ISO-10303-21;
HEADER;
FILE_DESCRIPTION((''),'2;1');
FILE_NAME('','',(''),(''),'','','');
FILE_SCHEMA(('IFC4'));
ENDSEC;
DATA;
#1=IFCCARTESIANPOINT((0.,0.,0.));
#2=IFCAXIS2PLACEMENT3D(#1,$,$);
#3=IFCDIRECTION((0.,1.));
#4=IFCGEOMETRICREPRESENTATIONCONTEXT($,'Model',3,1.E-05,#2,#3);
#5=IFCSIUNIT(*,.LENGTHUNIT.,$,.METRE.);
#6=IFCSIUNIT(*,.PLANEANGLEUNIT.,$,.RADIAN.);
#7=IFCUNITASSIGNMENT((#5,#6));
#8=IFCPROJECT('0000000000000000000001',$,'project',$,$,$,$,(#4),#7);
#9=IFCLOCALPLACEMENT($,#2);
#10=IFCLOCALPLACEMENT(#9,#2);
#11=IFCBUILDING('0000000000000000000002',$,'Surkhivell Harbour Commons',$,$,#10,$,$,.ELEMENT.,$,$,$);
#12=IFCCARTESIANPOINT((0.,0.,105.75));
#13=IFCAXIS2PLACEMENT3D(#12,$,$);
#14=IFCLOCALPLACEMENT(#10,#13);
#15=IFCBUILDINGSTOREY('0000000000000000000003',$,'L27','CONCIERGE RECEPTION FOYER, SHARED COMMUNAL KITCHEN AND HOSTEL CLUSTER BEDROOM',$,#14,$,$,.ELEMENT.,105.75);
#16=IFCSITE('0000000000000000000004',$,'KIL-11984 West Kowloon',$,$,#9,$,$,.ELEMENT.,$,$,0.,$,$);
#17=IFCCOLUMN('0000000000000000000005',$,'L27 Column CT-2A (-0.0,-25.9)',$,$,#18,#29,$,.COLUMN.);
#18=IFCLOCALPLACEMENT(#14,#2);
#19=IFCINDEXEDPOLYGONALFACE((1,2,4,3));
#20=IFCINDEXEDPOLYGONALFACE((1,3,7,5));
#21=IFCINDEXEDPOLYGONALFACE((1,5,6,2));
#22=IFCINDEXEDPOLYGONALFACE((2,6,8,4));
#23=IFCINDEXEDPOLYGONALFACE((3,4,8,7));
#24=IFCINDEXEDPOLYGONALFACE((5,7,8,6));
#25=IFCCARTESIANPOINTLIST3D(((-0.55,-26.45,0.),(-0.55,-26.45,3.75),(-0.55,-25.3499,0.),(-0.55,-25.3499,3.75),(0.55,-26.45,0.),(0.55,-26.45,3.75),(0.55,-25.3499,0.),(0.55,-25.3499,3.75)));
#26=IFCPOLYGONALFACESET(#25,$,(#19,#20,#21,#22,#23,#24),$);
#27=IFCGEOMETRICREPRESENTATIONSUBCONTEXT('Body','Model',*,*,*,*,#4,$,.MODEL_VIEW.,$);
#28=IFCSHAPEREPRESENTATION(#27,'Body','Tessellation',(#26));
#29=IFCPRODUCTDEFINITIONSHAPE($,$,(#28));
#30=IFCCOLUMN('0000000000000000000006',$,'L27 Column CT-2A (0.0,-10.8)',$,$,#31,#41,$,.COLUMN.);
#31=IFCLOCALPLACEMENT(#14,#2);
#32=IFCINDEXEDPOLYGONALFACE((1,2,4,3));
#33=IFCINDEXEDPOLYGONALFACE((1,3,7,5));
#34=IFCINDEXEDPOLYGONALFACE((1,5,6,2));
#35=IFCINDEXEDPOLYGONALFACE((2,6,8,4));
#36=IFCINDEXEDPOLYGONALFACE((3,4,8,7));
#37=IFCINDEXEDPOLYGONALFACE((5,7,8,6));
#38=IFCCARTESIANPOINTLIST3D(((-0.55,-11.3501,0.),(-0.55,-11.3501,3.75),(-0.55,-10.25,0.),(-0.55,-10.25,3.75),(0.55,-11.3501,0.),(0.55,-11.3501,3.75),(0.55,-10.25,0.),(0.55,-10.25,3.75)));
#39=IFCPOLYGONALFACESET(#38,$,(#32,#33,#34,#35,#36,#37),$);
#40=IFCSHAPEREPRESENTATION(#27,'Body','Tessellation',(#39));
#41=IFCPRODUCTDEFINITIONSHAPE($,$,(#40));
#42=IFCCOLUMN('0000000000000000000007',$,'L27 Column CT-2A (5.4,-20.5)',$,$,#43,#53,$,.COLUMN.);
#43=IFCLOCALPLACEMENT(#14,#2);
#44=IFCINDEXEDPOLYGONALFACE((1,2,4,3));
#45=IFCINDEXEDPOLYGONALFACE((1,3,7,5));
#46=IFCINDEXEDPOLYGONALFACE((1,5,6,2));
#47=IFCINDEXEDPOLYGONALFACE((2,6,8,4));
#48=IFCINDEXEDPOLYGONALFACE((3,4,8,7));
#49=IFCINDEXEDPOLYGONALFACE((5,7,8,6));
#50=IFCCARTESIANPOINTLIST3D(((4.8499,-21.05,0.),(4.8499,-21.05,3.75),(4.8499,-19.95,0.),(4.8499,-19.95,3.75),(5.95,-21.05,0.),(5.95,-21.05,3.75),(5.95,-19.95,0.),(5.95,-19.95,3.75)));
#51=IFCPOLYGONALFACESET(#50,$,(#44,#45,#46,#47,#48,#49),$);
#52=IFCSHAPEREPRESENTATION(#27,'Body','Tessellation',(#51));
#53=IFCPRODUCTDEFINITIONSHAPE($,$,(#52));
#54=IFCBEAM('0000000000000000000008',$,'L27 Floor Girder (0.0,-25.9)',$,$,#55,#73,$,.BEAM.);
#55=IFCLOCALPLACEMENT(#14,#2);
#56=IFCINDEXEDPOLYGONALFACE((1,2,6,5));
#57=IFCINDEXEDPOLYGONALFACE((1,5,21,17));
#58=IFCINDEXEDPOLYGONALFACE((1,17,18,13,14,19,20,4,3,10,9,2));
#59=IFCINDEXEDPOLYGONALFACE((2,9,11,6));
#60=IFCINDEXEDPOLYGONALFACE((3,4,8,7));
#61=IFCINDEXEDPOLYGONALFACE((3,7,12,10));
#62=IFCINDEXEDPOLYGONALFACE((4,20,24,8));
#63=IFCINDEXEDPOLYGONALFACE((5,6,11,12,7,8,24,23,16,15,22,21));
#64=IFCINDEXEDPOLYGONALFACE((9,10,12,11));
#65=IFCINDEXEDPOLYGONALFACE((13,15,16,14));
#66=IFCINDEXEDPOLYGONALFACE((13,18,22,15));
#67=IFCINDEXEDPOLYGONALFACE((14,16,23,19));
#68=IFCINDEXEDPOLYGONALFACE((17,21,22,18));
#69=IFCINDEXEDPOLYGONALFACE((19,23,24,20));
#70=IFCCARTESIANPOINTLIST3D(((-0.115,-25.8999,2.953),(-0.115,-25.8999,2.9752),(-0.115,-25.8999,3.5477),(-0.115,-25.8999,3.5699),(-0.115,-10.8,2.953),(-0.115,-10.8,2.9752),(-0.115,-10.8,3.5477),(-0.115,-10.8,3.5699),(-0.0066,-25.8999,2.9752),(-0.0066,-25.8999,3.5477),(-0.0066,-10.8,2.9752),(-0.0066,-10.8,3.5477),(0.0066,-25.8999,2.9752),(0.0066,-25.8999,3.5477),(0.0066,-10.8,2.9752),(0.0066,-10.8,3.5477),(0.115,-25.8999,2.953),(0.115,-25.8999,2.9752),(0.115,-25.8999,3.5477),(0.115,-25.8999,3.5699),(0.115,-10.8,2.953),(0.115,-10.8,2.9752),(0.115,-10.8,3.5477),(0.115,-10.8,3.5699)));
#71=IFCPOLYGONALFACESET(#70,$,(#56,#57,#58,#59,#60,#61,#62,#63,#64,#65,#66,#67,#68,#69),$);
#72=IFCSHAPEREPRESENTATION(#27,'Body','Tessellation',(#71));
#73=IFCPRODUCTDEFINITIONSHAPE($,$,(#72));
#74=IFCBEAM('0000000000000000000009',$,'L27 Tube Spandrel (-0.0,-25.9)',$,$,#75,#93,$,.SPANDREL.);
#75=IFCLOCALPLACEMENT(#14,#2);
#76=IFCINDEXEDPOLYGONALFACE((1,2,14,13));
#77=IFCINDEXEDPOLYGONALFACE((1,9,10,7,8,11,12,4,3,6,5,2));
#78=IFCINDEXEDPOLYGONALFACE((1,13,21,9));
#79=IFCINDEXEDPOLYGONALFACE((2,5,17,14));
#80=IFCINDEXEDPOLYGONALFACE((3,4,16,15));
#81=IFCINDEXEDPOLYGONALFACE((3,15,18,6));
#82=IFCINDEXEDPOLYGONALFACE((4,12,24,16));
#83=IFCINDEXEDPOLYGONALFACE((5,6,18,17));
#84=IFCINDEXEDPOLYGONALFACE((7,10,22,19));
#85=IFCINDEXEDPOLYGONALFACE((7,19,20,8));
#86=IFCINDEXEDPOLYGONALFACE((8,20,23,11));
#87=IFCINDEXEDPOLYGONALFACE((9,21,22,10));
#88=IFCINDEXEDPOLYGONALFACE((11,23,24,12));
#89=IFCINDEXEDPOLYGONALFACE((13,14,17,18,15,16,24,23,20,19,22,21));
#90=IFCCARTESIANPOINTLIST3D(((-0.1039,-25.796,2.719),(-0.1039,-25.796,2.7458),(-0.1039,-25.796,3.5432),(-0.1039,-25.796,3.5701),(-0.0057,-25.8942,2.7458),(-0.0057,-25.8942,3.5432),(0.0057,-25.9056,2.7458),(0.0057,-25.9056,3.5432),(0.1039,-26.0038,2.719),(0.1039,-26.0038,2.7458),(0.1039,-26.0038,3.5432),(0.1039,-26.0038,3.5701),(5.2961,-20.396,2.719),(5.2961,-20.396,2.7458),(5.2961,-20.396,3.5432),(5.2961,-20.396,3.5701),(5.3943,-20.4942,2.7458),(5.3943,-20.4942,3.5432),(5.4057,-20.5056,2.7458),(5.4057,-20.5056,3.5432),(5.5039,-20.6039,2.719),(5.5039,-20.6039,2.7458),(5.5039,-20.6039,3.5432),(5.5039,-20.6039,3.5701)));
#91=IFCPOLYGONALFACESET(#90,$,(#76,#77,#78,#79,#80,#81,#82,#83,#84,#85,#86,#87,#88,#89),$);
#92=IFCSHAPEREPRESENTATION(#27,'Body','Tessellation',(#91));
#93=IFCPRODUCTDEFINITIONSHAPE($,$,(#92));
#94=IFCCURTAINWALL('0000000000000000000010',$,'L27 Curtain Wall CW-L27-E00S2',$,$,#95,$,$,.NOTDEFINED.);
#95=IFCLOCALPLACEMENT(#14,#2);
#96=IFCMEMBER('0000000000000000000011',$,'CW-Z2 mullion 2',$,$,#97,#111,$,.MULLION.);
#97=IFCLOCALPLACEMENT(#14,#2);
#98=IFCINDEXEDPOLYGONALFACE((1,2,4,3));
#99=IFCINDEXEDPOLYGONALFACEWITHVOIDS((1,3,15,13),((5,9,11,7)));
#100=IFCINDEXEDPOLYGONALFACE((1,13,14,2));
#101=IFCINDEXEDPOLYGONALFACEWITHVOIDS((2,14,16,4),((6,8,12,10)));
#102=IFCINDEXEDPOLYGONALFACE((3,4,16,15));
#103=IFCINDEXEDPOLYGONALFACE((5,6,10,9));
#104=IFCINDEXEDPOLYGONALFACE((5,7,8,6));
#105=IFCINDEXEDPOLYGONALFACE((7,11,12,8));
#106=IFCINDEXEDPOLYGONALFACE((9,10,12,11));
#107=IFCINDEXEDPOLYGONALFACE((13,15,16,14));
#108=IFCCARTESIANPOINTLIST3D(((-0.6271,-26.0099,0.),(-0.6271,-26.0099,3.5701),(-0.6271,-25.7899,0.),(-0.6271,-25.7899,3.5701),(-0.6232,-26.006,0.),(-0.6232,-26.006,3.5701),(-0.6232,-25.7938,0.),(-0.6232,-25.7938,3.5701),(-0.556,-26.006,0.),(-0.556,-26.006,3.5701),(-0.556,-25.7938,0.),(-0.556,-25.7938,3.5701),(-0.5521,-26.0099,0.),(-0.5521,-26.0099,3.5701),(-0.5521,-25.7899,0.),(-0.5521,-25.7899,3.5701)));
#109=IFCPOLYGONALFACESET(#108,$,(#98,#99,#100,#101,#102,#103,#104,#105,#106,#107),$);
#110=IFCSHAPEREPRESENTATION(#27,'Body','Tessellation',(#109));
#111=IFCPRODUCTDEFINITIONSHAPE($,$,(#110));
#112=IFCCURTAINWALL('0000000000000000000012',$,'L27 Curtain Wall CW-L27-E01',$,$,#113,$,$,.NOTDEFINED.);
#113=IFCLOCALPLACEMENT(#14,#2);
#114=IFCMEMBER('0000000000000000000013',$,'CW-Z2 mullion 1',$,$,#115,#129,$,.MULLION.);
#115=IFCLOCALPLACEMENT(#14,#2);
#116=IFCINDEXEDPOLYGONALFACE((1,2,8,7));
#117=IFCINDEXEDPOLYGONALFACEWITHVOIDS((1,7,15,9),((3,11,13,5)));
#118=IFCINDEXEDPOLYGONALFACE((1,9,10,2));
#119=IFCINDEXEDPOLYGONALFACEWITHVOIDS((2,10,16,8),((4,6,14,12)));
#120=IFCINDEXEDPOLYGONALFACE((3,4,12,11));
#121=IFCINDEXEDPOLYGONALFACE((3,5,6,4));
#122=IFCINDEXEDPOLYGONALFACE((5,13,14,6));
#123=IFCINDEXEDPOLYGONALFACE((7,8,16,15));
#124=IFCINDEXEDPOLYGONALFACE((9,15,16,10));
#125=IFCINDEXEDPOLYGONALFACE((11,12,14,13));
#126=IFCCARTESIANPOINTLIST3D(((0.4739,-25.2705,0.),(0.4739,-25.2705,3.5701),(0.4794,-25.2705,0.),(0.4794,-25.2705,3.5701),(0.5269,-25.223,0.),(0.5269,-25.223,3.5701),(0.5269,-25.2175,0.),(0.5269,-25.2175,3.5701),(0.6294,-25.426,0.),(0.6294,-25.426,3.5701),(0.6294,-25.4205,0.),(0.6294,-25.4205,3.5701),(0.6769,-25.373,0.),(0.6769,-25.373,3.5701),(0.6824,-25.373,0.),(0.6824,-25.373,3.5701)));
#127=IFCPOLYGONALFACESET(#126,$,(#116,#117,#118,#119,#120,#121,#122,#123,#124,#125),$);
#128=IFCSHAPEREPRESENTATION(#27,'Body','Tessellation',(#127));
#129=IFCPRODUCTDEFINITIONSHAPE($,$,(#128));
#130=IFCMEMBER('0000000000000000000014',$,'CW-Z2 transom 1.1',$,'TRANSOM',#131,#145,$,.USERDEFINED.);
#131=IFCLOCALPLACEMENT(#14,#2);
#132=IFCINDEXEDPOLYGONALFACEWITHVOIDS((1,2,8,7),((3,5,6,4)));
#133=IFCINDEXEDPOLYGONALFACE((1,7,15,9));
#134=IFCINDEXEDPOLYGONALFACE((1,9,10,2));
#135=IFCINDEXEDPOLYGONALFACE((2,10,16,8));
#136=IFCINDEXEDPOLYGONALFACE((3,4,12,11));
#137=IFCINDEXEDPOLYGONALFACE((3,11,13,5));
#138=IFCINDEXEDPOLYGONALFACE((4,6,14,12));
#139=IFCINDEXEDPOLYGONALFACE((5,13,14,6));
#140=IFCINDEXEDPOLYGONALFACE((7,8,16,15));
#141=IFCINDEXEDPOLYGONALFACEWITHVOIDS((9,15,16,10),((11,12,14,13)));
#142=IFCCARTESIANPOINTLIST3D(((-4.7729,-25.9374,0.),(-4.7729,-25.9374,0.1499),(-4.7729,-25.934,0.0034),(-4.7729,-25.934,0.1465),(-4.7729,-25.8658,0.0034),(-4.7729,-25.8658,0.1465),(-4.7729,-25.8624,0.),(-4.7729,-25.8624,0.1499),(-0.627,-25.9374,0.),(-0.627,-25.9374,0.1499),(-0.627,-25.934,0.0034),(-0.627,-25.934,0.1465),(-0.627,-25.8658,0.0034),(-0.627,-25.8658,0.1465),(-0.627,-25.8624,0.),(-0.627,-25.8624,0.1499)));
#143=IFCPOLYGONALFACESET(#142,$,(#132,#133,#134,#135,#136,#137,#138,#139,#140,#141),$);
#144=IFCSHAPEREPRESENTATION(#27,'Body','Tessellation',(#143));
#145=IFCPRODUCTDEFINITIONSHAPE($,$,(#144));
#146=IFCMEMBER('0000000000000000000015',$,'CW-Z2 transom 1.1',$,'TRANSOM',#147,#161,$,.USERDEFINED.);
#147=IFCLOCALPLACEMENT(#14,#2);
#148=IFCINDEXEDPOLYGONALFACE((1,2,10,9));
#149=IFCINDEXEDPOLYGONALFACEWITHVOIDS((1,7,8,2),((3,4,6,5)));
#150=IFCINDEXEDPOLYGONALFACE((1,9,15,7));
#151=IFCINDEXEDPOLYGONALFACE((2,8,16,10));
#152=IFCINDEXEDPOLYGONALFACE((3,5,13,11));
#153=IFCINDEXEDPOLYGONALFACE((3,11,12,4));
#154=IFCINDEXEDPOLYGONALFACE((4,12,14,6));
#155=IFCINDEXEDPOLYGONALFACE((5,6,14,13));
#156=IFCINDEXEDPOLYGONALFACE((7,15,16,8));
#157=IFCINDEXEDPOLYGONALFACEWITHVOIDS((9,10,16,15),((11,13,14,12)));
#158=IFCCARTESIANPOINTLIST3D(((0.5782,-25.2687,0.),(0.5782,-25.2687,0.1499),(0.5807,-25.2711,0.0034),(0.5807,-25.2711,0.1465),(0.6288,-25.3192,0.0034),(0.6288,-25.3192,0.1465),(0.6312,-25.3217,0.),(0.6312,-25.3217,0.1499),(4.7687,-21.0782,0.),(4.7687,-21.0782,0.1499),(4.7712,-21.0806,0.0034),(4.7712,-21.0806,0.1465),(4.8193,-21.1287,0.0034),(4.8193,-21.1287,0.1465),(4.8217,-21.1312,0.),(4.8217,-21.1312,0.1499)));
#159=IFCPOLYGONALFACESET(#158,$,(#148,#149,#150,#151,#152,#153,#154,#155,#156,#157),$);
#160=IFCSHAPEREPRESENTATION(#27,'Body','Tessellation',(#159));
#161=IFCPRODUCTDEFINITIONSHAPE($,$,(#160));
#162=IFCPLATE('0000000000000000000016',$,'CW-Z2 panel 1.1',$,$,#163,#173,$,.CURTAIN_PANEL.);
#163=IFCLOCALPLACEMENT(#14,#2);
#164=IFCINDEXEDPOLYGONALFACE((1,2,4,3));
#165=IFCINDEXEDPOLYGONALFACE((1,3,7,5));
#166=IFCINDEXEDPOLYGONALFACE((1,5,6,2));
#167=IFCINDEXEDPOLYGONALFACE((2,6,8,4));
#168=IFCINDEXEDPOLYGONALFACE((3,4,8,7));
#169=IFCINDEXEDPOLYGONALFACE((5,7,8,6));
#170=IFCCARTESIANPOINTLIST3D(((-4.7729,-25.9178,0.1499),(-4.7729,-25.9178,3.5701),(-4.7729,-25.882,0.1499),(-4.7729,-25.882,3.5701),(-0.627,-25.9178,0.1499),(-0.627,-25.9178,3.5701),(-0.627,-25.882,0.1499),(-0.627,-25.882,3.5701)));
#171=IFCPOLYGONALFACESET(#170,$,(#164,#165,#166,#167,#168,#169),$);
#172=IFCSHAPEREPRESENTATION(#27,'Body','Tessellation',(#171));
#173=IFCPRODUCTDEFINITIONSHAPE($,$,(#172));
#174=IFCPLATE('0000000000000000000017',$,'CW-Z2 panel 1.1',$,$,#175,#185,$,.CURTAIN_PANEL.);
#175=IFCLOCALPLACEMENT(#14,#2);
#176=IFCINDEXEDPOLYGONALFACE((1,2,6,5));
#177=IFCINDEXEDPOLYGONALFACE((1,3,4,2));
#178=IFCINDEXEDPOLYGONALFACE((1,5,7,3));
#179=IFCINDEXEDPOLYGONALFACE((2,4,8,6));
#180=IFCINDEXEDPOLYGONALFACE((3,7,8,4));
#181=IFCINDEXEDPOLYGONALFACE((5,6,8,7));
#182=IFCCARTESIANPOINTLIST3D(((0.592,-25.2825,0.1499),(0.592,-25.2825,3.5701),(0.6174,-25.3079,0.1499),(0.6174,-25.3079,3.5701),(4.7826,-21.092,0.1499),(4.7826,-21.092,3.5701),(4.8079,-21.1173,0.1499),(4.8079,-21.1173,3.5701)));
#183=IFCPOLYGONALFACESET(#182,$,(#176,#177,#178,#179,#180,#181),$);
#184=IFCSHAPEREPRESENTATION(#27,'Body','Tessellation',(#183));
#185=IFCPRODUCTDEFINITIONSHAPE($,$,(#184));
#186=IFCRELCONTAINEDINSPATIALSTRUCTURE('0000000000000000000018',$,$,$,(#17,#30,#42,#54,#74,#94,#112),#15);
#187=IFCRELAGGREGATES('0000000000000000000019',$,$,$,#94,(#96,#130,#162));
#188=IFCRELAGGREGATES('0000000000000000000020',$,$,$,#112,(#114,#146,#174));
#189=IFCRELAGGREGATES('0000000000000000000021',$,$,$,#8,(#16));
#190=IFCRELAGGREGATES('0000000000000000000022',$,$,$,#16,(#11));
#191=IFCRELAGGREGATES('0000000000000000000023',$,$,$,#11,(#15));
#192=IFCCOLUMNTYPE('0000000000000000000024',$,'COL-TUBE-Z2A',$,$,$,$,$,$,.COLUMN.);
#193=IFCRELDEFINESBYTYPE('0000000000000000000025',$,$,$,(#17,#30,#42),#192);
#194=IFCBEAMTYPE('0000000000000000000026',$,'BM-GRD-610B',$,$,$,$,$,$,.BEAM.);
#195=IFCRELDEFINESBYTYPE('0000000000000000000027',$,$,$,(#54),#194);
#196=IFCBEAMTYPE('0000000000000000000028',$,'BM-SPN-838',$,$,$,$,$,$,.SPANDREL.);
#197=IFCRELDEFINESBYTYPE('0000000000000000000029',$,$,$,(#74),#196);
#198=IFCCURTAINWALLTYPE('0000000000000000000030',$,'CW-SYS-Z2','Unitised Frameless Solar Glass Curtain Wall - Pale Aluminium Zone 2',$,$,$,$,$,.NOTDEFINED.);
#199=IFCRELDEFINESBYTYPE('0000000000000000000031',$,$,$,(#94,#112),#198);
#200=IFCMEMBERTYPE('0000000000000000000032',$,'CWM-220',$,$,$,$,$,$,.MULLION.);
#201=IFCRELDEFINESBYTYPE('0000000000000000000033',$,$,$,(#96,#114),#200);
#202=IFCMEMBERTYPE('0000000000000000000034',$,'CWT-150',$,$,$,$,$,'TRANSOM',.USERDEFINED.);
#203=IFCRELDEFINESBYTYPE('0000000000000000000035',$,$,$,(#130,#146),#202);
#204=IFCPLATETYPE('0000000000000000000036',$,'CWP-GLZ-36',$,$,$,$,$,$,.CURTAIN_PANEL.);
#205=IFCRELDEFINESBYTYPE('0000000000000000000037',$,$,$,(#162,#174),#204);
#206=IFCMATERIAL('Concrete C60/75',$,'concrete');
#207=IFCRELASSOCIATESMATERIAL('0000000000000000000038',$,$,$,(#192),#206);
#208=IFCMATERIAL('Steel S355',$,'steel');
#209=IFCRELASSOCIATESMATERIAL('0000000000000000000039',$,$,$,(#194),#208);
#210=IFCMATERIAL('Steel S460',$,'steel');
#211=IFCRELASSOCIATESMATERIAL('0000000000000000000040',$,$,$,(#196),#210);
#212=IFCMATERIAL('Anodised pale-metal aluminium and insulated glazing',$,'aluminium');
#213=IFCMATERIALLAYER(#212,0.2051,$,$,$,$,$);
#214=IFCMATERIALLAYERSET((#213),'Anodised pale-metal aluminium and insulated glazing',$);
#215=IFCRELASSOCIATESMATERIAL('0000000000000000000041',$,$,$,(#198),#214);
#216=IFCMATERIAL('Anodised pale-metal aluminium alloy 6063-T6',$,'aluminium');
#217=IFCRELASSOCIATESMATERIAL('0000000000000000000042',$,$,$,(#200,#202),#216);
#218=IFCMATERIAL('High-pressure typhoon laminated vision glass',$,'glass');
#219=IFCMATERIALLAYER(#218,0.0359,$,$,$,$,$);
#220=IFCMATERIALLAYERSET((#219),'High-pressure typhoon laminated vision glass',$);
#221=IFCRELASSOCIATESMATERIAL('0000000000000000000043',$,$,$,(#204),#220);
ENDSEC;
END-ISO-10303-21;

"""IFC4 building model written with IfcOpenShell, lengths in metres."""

from ifc_helpers import new_model, si_unit, direction, frame, frame_2d, origin, origin_2d, place, context, subcontext, project, spatial, rectangle, hollow_rectangle, i_section, extrude, material, layer, layer_set, material_profile, profile_set, type_object, element, aggregate, save


model = new_model("IFC4")

# Units and contexts
model_context = context("Model", 3, precision=1e-05, world=origin(), true_north=direction((0.0, 1.0)))
body_context = subcontext(model_context, "Body", "Model", "MODEL_VIEW")
ifc_project = project(units=[si_unit("LENGTHUNIT", "METRE"), si_unit("PLANEANGLEUNIT", "RADIAN")], contexts=[model_context])

# Site, building, storey
site_placement = place(None, origin())
site = spatial("IfcSite", under=ifc_project, at=site_placement, Name="KIL-11984 West Kowloon", CompositionType="ELEMENT", RefElevation=0.0)
building_placement = place(site_placement, origin())
building = spatial("IfcBuilding", under=site, at=building_placement, Name="Surkhivell Harbour Commons", CompositionType="ELEMENT")
storey_placement = place(building_placement, frame((0.0, 0.0, 105.75)))
storey = spatial("IfcBuildingStorey", under=building, at=storey_placement, Name="L27", Description="CONCIERGE RECEPTION FOYER, SHARED COMMUNAL KITCHEN AND HOSTEL CLUSTER BEDROOM", CompositionType="ELEMENT", Elevation=105.75)

# Columns
ifc_material_1 = material(Name="Concrete C60/75", Category="concrete")
ifc_material_profile_1 = material_profile(ifc_material_1, rectangle(XDim=1.1001, YDim=1.1001, at=origin_2d()), Name="RC-COL-1100x1100")
ifc_profile_set_1 = profile_set([ifc_material_profile_1], Name="Concrete C60/75")
column_type = type_object("IfcColumnType", Name="COL-TUBE-Z2A", PredefinedType="COLUMN", material=ifc_profile_set_1)
for number, where, z_axis, x_axis, name in (
    (1, (0.0, -25.8999, 0.0), (0.0, 0.0, 1.0), (1.0, 0.0, 0.0), "L27 Column CT-2A (-0.0,-25.9)"),
    (2, (0.0, -10.8, 0.0), (0.0, 0.0, 1.0), (1.0, 0.0, 0.0), "L27 Column CT-2A (0.0,-10.8)"),
    (3, (5.3999, -20.5, 0.0), (0.0, 0.0, 1.0), (1.0, 0.0, 0.0), "L27 Column CT-2A (5.4,-20.5)"),
):
    element("IfcColumn", number, at=place(storey_placement, frame(where, z_axis=z_axis, x_axis=x_axis)), inside=storey, type_object=column_type, Name=name, PredefinedType="COLUMN", context=body_context, shape_type="SweptSolid", body=[
        extrude(rectangle(XDim=1.1001, YDim=1.1001, at=origin_2d()), origin(), (0.0, 0.0, 1.0), 3.75),
    ])

# Beams
ifc_material_2 = material(Name="Steel S355", Category="steel")
ifc_material_profile_2 = material_profile(ifc_material_2, i_section(OverallWidth=0.23, OverallDepth=0.6169, WebThickness=0.0132, FlangeThickness=0.0222, at=origin_2d()), Name="UB610x229x140")
ifc_profile_set_2 = profile_set([ifc_material_profile_2], Name="Steel S355")
beam_type_1 = type_object("IfcBeamType", Name="BM-GRD-610B", PredefinedType="BEAM", material=ifc_profile_set_2)
beam_1_placement = place(storey_placement, frame((0.0, -25.8999, 3.2615), z_axis=(0.0, 1.0, 0.0), x_axis=(-1.0, 0.0, 0.0)))
element("IfcBeam", 4, at=beam_1_placement, inside=storey, type_object=beam_type_1, Name="L27 Floor Girder (0.0,-25.9)", PredefinedType="BEAM", context=body_context, shape_type="SweptSolid", body=[
    extrude(i_section(OverallWidth=0.23, OverallDepth=0.6169, WebThickness=0.0132, FlangeThickness=0.0222, at=origin_2d()), origin(), (0.0, 0.0, 1.0), 15.0999),
])
ifc_material_3 = material(Name="Steel S460", Category="steel")
ifc_material_profile_3 = material_profile(ifc_material_3, i_section(OverallWidth=0.2939, OverallDepth=0.8511, WebThickness=0.0161, FlangeThickness=0.0269, at=origin_2d()), Name="UB838x292x226")
ifc_profile_set_3 = profile_set([ifc_material_profile_3], Name="Steel S460")
beam_type_2 = type_object("IfcBeamType", Name="BM-SPN-838", PredefinedType="SPANDREL", material=ifc_profile_set_3)
beam_2_placement = place(storey_placement, frame((0.0, -25.8999, 3.1445), z_axis=(0.707107, 0.707107, 0.0), x_axis=(-0.707107, 0.707107, 0.0)))
element("IfcBeam", 5, at=beam_2_placement, inside=storey, type_object=beam_type_2, Name="L27 Tube Spandrel (-0.0,-25.9)", PredefinedType="SPANDREL", context=body_context, shape_type="SweptSolid", body=[
    extrude(i_section(OverallWidth=0.2939, OverallDepth=0.8511, WebThickness=0.0161, FlangeThickness=0.0269, at=origin_2d()), origin(), (0.0, 0.0, 1.0), 7.6367),
])

# Curtain walls, members
ifc_material_4 = material(Name="Anodised pale-metal aluminium and insulated glazing", Category="aluminium")
ifc_layer_1 = layer(ifc_material_4, 0.2051)
ifc_layer_set_1 = layer_set([ifc_layer_1], Name="Anodised pale-metal aluminium and insulated glazing")
curtain_wall_type = type_object("IfcCurtainWallType", Name="CW-SYS-Z2", Description="Unitised Frameless Solar Glass Curtain Wall - Pale Aluminium Zone 2", PredefinedType="NOTDEFINED", material=ifc_layer_set_1)
curtain_wall_1_placement = place(storey_placement, origin())
curtain_wall_1 = element("IfcCurtainWall", 6, at=curtain_wall_1_placement, inside=storey, type_object=curtain_wall_type, Name="L27 Curtain Wall CW-L27-E00S2", PredefinedType="NOTDEFINED")
ifc_material_5 = material(Name="Anodised pale-metal aluminium alloy 6063-T6", Category="aluminium")
ifc_material_profile_4 = material_profile(ifc_material_5, hollow_rectangle(XDim=0.075, YDim=0.22, WallThickness=0.0039, at=origin_2d()), Name="ALU-MULL-75x220")
ifc_profile_set_4 = profile_set([ifc_material_profile_4], Name="Anodised pale-metal aluminium alloy 6063-T6")
member_type_1 = type_object("IfcMemberType", Name="CWM-220", PredefinedType="MULLION", material=ifc_profile_set_4)
member_1_placement = place(storey_placement, frame((-0.5896, -25.8999, 0.0), z_axis=(0.0, 0.0, 1.0), x_axis=(1.0, 0.0, 0.0)))
member_1 = element("IfcMember", 7, at=member_1_placement, type_object=member_type_1, Name="CW-Z2 mullion 2", PredefinedType="MULLION", context=body_context, shape_type="SweptSolid", body=[
    extrude(hollow_rectangle(XDim=0.075, YDim=0.22, WallThickness=0.0039, at=origin_2d()), origin(), (0.0, 0.0, 1.0), 3.5701),
])
curtain_wall_2_placement = place(storey_placement, origin())
curtain_wall_2 = element("IfcCurtainWall", 8, at=curtain_wall_2_placement, inside=storey, type_object=curtain_wall_type, Name="L27 Curtain Wall CW-L27-E01", PredefinedType="NOTDEFINED")
member_2_placement = place(storey_placement, frame((0.5781, -25.3218, 0.0), z_axis=(0.0, 0.0, 1.0), x_axis=(0.707107, 0.707107, 0.0)))
member_2 = element("IfcMember", 9, at=member_2_placement, type_object=member_type_1, Name="CW-Z2 mullion 1", PredefinedType="MULLION", context=body_context, shape_type="SweptSolid", body=[
    extrude(hollow_rectangle(XDim=0.075, YDim=0.22, WallThickness=0.0039, at=origin_2d()), origin(), (0.0, 0.0, 1.0), 3.5701),
])

# Members
ifc_material_profile_5 = material_profile(ifc_material_5, hollow_rectangle(XDim=0.075, YDim=0.1499, WallThickness=0.0034, at=origin_2d()), Name="ALU-TRAN-75x150")
ifc_profile_set_5 = profile_set([ifc_material_profile_5], Name="Anodised pale-metal aluminium alloy 6063-T6")
member_type_2 = type_object("IfcMemberType", Name="CWT-150", ElementType="TRANSOM", PredefinedType="USERDEFINED", material=ifc_profile_set_5)
member_3_placement = place(storey_placement, frame((-4.7729, -25.8999, 0.075), z_axis=(1.0, 0.0, 0.0), x_axis=(0.0, 1.0, 0.0)))
member_3 = element("IfcMember", 10, at=member_3_placement, type_object=member_type_2, Name="CW-Z2 transom 1.1", ObjectType="TRANSOM", PredefinedType="USERDEFINED", context=body_context, shape_type="SweptSolid", body=[
    extrude(hollow_rectangle(XDim=0.075, YDim=0.1499, WallThickness=0.0034, at=origin_2d()), origin(), (0.0, 0.0, 1.0), 4.146),
])
member_4_placement = place(storey_placement, frame((0.6047, -25.2952, 0.075), z_axis=(0.707107, 0.707107, 0.0), x_axis=(-0.707107, 0.707107, 0.0)))
member_4 = element("IfcMember", 11, at=member_4_placement, type_object=member_type_2, Name="CW-Z2 transom 1.1", ObjectType="TRANSOM", PredefinedType="USERDEFINED", context=body_context, shape_type="SweptSolid", body=[
    extrude(hollow_rectangle(XDim=0.075, YDim=0.1499, WallThickness=0.0034, at=origin_2d()), origin(), (0.0, 0.0, 1.0), 5.9263),
])

# Plates
ifc_material_6 = material(Name="High-pressure typhoon laminated vision glass", Category="glass")
ifc_layer_2 = layer(ifc_material_6, 0.0359)
ifc_layer_set_2 = layer_set([ifc_layer_2], Name="High-pressure typhoon laminated vision glass")
plate_type = type_object("IfcPlateType", Name="CWP-GLZ-36", PredefinedType="CURTAIN_PANEL", material=ifc_layer_set_2)
plate_1_placement = place(storey_placement, frame((-4.7729, -25.8999, 0.1499), z_axis=(0.0, 0.0, 1.0), x_axis=(1.0, 0.0, 0.0)))
plate_1 = element("IfcPlate", 12, at=plate_1_placement, type_object=plate_type, Name="CW-Z2 panel 1.1", PredefinedType="CURTAIN_PANEL", context=body_context, shape_type="SweptSolid", body=[
    extrude(rectangle(XDim=4.146, YDim=0.0359, at=frame_2d((2.073, 0.0))), origin(), (0.0, 0.0, 1.0), 3.4202),
])
aggregate(curtain_wall_1, [member_1, member_3, plate_1])
plate_2_placement = place(storey_placement, frame((0.6047, -25.2952, 0.1499), z_axis=(0.0, 0.0, 1.0), x_axis=(0.707107, 0.707107, 0.0)))
plate_2 = element("IfcPlate", 13, at=plate_2_placement, type_object=plate_type, Name="CW-Z2 panel 1.1", PredefinedType="CURTAIN_PANEL", context=body_context, shape_type="SweptSolid", body=[
    extrude(rectangle(XDim=5.9263, YDim=0.0359, at=frame_2d((2.9631, 0.0))), origin(), (0.0, 0.0, 1.0), 3.4202),
])
aggregate(curtain_wall_2, [member_2, member_4, plate_2])

save(model, "model.ifc")
